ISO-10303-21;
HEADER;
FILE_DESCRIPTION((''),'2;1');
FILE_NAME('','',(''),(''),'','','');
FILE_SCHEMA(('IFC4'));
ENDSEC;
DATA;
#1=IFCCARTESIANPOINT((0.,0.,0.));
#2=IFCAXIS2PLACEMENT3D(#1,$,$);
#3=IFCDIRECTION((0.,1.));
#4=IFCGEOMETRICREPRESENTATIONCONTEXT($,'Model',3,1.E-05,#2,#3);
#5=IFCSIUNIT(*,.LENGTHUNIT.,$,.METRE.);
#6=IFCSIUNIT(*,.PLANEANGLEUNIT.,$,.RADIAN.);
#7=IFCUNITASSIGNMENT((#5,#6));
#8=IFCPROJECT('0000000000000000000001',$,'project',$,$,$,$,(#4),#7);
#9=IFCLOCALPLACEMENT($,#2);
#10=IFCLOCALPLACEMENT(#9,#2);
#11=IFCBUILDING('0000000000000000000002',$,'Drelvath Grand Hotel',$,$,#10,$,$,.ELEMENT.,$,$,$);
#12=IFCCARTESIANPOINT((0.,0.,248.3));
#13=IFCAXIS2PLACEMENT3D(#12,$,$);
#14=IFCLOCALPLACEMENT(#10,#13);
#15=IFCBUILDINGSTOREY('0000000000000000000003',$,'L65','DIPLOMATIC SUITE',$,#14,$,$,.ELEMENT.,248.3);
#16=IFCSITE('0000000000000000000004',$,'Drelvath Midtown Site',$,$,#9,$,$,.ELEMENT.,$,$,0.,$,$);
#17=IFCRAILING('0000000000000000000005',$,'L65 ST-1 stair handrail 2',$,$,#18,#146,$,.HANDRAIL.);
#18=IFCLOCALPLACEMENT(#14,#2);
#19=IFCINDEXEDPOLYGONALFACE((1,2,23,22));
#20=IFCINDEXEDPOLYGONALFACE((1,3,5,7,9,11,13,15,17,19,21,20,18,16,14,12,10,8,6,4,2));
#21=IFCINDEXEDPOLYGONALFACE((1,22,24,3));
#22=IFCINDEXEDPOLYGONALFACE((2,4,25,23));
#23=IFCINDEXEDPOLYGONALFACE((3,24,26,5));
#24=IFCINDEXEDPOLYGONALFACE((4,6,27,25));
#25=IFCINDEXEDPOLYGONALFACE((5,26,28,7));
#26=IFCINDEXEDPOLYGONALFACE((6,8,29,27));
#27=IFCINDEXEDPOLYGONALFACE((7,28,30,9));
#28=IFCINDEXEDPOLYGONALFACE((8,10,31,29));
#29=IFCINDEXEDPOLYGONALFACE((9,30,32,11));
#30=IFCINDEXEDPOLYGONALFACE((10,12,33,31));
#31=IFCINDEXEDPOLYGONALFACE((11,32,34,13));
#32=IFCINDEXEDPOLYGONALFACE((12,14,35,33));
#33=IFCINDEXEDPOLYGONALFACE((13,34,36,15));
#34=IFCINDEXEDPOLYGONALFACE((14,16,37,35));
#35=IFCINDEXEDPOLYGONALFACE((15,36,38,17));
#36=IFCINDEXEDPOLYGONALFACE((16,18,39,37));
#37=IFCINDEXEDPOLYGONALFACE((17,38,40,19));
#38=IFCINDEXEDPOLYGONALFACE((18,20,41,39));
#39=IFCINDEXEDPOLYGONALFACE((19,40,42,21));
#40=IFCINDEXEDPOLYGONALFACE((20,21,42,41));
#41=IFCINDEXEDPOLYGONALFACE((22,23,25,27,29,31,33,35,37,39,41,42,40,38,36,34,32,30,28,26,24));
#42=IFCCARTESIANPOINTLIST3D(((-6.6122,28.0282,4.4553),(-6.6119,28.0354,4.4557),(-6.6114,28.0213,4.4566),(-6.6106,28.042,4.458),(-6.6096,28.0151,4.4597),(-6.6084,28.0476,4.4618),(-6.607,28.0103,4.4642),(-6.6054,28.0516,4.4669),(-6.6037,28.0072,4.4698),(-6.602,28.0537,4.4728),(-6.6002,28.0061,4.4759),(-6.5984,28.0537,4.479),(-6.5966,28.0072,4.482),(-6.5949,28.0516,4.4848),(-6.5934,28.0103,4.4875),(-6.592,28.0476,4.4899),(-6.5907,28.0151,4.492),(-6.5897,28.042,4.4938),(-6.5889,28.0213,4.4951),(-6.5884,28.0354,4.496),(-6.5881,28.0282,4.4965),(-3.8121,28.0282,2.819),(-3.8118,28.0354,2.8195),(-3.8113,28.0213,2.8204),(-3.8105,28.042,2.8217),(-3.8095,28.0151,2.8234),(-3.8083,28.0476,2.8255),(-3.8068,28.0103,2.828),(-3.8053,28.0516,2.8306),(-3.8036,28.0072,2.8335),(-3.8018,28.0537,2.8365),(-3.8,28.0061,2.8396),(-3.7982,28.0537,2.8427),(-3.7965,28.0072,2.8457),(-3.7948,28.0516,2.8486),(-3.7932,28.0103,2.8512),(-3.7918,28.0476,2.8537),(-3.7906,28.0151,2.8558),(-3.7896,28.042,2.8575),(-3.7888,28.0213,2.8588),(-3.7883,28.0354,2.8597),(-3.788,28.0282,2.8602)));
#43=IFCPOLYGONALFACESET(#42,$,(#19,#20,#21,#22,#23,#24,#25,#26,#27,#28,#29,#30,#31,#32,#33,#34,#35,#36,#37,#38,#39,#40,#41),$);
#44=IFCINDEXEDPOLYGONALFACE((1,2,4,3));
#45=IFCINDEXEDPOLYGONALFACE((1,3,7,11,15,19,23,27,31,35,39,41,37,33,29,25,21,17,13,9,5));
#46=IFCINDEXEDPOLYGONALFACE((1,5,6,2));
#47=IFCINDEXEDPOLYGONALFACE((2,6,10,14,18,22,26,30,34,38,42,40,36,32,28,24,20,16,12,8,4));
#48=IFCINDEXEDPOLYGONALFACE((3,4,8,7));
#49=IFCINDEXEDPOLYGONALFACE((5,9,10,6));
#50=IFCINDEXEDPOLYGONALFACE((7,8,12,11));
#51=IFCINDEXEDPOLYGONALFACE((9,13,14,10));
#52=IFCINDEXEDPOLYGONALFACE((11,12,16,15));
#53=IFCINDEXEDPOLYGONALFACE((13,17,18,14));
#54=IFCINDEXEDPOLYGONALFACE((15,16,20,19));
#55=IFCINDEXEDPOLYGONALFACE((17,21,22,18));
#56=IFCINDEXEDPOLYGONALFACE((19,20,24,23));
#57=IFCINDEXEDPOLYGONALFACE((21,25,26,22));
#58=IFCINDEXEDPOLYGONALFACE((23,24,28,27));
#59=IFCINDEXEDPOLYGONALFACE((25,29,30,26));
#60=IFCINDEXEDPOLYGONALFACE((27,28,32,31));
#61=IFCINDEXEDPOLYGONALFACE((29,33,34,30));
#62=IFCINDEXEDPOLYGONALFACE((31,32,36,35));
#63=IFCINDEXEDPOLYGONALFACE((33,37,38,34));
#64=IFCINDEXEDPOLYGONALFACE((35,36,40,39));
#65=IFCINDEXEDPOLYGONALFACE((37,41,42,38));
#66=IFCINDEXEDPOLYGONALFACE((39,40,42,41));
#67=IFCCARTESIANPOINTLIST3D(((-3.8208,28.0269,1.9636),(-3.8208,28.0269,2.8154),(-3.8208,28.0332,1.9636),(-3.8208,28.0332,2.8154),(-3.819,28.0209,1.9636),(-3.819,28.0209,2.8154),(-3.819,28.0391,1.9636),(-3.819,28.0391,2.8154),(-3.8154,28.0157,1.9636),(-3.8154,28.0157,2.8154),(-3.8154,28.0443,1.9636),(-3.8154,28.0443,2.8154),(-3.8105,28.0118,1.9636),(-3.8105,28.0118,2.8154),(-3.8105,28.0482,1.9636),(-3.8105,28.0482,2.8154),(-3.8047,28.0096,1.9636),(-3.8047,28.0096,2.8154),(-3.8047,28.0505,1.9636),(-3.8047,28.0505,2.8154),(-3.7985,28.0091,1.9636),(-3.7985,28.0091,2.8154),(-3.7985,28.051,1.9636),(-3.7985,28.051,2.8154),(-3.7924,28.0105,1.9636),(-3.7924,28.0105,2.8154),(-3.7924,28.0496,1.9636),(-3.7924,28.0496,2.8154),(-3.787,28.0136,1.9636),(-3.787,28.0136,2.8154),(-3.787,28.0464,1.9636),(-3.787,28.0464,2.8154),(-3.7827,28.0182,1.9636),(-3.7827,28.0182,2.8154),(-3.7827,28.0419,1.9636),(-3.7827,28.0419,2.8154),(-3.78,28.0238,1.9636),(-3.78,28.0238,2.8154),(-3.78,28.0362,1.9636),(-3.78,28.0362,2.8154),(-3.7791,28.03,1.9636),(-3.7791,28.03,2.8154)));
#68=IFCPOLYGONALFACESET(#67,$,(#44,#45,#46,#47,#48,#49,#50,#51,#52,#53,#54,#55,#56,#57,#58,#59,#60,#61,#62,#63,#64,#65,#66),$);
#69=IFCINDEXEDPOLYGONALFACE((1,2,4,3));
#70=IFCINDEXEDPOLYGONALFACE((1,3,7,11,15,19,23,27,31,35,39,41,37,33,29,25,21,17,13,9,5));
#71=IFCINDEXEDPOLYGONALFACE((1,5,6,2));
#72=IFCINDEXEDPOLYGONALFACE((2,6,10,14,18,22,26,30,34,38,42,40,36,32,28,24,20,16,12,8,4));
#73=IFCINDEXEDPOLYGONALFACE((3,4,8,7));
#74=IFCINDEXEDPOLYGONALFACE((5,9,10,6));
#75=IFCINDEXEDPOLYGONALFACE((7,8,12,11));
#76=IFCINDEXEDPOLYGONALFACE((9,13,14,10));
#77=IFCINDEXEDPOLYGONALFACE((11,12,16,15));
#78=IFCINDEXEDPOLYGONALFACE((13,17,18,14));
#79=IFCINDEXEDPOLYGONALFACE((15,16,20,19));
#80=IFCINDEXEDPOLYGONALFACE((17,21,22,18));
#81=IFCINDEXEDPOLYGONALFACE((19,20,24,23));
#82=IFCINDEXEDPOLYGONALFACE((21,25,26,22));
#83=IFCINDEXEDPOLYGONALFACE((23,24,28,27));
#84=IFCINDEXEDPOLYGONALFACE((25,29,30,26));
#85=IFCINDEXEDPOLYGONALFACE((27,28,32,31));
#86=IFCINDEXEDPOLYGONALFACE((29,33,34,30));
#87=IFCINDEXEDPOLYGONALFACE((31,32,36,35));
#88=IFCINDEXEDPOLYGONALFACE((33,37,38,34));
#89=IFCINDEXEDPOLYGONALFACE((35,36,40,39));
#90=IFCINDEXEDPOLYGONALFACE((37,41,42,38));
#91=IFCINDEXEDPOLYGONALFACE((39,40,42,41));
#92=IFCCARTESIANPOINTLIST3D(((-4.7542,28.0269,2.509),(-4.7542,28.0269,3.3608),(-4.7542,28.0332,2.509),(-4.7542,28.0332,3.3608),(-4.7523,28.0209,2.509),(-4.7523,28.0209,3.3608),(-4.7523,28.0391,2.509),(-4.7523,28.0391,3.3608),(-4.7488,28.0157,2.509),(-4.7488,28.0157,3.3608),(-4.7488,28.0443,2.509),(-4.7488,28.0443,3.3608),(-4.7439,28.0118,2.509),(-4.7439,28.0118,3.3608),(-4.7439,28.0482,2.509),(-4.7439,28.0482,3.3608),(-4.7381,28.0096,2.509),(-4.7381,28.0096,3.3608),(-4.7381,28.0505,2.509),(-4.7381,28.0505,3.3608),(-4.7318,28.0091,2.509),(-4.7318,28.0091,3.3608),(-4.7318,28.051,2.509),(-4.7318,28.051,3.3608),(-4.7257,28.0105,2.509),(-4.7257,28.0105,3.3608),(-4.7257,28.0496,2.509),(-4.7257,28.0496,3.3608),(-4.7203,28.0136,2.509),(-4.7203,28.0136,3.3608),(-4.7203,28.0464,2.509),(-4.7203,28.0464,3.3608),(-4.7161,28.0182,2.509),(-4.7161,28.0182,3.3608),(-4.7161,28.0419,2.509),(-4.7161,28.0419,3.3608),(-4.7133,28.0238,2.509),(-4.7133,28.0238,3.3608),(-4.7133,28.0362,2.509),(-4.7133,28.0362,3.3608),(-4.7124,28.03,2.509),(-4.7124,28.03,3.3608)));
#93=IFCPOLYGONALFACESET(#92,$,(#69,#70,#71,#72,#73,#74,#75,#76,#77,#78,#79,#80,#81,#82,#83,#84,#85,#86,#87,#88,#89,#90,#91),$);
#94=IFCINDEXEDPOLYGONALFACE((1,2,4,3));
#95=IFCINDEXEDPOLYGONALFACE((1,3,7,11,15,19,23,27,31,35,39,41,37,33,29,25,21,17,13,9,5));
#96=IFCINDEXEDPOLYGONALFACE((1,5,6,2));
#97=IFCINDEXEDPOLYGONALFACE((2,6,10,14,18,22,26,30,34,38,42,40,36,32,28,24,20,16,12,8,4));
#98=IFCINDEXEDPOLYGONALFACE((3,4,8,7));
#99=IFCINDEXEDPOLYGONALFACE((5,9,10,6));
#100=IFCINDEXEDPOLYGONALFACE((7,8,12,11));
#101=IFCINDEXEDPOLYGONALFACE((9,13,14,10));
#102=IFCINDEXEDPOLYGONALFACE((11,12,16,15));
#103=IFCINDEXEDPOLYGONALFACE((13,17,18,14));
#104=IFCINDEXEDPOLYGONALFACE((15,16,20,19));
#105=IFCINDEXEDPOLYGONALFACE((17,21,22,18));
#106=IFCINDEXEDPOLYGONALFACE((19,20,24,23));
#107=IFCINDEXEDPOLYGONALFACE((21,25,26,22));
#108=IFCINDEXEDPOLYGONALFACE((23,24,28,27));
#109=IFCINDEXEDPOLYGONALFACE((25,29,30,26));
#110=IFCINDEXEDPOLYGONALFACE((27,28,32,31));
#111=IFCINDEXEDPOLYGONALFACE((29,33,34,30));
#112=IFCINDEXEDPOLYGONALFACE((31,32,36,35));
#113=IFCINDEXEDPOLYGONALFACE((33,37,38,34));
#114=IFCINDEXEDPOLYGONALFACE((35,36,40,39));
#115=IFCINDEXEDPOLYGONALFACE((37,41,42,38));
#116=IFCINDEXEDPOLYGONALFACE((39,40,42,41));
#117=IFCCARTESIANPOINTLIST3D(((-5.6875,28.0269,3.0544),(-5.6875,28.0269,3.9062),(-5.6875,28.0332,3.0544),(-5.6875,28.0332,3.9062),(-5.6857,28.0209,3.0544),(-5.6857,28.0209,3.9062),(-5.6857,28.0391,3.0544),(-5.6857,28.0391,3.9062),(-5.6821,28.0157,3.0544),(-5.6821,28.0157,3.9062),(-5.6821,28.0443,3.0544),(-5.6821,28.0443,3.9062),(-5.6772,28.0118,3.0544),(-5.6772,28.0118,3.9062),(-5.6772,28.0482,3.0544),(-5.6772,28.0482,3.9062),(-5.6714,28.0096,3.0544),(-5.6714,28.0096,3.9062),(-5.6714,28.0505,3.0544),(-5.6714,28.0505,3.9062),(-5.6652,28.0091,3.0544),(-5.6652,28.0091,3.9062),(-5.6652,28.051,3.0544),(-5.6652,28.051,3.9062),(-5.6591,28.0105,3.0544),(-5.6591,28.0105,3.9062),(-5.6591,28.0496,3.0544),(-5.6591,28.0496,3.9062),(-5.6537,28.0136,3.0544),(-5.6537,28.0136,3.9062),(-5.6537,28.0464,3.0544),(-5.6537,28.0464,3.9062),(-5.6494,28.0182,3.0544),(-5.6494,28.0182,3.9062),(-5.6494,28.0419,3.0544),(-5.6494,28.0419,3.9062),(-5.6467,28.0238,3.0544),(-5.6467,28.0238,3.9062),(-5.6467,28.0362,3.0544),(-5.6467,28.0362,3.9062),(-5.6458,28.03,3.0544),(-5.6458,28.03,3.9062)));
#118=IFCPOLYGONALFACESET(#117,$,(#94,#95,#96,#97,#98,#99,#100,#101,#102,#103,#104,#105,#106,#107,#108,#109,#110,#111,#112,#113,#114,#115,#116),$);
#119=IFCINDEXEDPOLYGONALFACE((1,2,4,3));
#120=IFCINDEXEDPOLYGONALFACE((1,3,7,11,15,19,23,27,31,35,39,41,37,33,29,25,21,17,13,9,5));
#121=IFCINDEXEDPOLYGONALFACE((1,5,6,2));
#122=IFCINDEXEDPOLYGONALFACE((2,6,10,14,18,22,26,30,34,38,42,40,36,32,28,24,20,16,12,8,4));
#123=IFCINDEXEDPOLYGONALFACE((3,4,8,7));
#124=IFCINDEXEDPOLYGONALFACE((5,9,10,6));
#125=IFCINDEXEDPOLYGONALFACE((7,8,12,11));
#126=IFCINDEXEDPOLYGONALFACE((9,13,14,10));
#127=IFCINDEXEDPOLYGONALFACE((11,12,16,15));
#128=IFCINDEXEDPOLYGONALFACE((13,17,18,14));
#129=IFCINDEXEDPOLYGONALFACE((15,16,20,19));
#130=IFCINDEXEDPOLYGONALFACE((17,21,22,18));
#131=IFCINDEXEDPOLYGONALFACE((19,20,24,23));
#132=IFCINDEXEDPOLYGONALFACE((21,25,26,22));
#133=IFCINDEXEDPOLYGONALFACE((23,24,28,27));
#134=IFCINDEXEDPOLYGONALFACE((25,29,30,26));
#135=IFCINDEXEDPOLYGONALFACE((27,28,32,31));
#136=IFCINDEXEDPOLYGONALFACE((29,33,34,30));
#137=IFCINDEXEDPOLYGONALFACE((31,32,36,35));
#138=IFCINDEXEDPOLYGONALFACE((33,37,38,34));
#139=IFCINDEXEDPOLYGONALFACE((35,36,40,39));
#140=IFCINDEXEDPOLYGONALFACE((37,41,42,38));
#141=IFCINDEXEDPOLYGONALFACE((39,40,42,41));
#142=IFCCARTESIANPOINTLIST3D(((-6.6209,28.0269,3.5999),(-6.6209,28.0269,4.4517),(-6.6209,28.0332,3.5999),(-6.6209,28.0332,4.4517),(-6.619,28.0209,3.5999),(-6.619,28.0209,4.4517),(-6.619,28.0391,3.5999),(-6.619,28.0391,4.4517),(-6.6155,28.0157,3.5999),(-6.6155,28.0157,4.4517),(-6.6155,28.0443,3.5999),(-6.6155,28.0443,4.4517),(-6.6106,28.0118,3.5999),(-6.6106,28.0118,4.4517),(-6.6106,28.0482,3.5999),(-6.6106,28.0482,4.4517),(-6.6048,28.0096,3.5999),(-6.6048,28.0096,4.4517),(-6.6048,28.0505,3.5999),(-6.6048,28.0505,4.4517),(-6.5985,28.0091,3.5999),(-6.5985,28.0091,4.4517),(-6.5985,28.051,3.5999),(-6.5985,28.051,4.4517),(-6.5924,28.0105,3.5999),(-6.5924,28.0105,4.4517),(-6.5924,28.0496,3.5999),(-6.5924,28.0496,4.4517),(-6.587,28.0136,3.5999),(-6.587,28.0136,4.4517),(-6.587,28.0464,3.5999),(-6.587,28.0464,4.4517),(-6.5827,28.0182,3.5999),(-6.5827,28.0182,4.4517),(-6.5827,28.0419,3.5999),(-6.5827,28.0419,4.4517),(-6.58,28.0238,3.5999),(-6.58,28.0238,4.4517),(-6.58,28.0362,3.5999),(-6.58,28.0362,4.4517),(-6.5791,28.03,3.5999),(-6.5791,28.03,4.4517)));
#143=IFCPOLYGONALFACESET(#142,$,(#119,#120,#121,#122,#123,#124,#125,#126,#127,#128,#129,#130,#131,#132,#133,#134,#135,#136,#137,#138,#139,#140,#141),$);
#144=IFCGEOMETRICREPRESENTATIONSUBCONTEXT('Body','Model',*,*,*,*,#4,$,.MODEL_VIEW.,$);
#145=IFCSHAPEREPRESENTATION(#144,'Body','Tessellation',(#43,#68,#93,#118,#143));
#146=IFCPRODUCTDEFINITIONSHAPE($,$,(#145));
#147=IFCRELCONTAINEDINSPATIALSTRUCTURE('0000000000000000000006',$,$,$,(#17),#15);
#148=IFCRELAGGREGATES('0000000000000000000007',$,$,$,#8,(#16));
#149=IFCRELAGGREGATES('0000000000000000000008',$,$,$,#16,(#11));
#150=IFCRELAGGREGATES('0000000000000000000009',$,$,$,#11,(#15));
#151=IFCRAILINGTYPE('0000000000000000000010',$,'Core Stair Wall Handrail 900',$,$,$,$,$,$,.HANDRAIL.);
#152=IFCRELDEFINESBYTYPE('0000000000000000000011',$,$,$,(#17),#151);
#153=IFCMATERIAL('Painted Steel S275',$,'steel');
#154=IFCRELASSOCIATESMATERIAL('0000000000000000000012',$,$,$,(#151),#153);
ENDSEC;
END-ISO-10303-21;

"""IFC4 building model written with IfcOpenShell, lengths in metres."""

from ifc_helpers import new_model, si_unit, direction, frame, origin, origin_2d, place, context, subcontext, project, spatial, circle, extrude, material, type_object, element, save


model = new_model("IFC4")

# Units and contexts
model_context = context("Model", 3, precision=1e-05, world=origin(), true_north=direction((0.0, 1.0)))
body_context = subcontext(model_context, "Body", "Model", "MODEL_VIEW")
ifc_project = project(units=[si_unit("LENGTHUNIT", "METRE"), si_unit("PLANEANGLEUNIT", "RADIAN")], contexts=[model_context])

# Site, building, storey
site_placement = place(None, origin())
site = spatial("IfcSite", under=ifc_project, at=site_placement, Name="Drelvath Midtown Site", CompositionType="ELEMENT", RefElevation=0.0)
building_placement = place(site_placement, origin())
building = spatial("IfcBuilding", under=site, at=building_placement, Name="Drelvath Grand Hotel", CompositionType="ELEMENT")
storey_placement = place(building_placement, frame((0.0, 0.0, 248.3)))
storey = spatial("IfcBuildingStorey", under=building, at=storey_placement, Name="L65", Description="DIPLOMATIC SUITE", CompositionType="ELEMENT", Elevation=248.3)

# Shared definitions
ifc_material_1 = material(Name="Painted Steel S275", Category="steel")

# Railing
railing_type_1 = type_object("IfcRailingType", Name="Core Stair Wall Handrail 900", PredefinedType="HANDRAIL", material=ifc_material_1)
railing_1_placement = place(storey_placement, frame((-3.8, 28.03, 1.9636)))
element("IfcRailing", 1, at=railing_1_placement, inside=storey, type_object=railing_type_1, Name="L65 ST-1 stair handrail 2", PredefinedType="HANDRAIL", context=body_context, shape_type="SweptSolid", body=[
    extrude(circle(Radius=0.0239, at=origin_2d()), frame((0.0, 0.0, 0.876), z_axis=(-0.863394, 0.0, 0.504531), x_axis=(0.0, -1.0, 0.0)), (0.0, 0.0, 1.0), 3.2432),
    extrude(circle(Radius=0.021, at=origin_2d()), origin(), (0.0, 0.0, 1.0), 0.8518),
    extrude(circle(Radius=0.021, at=origin_2d()), frame((-0.9333, 0.0, 0.5454)), (0.0, 0.0, 1.0), 0.8518),
    extrude(circle(Radius=0.021, at=origin_2d()), frame((-1.8667, 0.0, 1.0908)), (0.0, 0.0, 1.0), 0.8518),
    extrude(circle(Radius=0.021, at=origin_2d()), frame((-2.8, 0.0, 1.6362)), (0.0, 0.0, 1.0), 0.8518),
])

save(model, "model.ifc")
